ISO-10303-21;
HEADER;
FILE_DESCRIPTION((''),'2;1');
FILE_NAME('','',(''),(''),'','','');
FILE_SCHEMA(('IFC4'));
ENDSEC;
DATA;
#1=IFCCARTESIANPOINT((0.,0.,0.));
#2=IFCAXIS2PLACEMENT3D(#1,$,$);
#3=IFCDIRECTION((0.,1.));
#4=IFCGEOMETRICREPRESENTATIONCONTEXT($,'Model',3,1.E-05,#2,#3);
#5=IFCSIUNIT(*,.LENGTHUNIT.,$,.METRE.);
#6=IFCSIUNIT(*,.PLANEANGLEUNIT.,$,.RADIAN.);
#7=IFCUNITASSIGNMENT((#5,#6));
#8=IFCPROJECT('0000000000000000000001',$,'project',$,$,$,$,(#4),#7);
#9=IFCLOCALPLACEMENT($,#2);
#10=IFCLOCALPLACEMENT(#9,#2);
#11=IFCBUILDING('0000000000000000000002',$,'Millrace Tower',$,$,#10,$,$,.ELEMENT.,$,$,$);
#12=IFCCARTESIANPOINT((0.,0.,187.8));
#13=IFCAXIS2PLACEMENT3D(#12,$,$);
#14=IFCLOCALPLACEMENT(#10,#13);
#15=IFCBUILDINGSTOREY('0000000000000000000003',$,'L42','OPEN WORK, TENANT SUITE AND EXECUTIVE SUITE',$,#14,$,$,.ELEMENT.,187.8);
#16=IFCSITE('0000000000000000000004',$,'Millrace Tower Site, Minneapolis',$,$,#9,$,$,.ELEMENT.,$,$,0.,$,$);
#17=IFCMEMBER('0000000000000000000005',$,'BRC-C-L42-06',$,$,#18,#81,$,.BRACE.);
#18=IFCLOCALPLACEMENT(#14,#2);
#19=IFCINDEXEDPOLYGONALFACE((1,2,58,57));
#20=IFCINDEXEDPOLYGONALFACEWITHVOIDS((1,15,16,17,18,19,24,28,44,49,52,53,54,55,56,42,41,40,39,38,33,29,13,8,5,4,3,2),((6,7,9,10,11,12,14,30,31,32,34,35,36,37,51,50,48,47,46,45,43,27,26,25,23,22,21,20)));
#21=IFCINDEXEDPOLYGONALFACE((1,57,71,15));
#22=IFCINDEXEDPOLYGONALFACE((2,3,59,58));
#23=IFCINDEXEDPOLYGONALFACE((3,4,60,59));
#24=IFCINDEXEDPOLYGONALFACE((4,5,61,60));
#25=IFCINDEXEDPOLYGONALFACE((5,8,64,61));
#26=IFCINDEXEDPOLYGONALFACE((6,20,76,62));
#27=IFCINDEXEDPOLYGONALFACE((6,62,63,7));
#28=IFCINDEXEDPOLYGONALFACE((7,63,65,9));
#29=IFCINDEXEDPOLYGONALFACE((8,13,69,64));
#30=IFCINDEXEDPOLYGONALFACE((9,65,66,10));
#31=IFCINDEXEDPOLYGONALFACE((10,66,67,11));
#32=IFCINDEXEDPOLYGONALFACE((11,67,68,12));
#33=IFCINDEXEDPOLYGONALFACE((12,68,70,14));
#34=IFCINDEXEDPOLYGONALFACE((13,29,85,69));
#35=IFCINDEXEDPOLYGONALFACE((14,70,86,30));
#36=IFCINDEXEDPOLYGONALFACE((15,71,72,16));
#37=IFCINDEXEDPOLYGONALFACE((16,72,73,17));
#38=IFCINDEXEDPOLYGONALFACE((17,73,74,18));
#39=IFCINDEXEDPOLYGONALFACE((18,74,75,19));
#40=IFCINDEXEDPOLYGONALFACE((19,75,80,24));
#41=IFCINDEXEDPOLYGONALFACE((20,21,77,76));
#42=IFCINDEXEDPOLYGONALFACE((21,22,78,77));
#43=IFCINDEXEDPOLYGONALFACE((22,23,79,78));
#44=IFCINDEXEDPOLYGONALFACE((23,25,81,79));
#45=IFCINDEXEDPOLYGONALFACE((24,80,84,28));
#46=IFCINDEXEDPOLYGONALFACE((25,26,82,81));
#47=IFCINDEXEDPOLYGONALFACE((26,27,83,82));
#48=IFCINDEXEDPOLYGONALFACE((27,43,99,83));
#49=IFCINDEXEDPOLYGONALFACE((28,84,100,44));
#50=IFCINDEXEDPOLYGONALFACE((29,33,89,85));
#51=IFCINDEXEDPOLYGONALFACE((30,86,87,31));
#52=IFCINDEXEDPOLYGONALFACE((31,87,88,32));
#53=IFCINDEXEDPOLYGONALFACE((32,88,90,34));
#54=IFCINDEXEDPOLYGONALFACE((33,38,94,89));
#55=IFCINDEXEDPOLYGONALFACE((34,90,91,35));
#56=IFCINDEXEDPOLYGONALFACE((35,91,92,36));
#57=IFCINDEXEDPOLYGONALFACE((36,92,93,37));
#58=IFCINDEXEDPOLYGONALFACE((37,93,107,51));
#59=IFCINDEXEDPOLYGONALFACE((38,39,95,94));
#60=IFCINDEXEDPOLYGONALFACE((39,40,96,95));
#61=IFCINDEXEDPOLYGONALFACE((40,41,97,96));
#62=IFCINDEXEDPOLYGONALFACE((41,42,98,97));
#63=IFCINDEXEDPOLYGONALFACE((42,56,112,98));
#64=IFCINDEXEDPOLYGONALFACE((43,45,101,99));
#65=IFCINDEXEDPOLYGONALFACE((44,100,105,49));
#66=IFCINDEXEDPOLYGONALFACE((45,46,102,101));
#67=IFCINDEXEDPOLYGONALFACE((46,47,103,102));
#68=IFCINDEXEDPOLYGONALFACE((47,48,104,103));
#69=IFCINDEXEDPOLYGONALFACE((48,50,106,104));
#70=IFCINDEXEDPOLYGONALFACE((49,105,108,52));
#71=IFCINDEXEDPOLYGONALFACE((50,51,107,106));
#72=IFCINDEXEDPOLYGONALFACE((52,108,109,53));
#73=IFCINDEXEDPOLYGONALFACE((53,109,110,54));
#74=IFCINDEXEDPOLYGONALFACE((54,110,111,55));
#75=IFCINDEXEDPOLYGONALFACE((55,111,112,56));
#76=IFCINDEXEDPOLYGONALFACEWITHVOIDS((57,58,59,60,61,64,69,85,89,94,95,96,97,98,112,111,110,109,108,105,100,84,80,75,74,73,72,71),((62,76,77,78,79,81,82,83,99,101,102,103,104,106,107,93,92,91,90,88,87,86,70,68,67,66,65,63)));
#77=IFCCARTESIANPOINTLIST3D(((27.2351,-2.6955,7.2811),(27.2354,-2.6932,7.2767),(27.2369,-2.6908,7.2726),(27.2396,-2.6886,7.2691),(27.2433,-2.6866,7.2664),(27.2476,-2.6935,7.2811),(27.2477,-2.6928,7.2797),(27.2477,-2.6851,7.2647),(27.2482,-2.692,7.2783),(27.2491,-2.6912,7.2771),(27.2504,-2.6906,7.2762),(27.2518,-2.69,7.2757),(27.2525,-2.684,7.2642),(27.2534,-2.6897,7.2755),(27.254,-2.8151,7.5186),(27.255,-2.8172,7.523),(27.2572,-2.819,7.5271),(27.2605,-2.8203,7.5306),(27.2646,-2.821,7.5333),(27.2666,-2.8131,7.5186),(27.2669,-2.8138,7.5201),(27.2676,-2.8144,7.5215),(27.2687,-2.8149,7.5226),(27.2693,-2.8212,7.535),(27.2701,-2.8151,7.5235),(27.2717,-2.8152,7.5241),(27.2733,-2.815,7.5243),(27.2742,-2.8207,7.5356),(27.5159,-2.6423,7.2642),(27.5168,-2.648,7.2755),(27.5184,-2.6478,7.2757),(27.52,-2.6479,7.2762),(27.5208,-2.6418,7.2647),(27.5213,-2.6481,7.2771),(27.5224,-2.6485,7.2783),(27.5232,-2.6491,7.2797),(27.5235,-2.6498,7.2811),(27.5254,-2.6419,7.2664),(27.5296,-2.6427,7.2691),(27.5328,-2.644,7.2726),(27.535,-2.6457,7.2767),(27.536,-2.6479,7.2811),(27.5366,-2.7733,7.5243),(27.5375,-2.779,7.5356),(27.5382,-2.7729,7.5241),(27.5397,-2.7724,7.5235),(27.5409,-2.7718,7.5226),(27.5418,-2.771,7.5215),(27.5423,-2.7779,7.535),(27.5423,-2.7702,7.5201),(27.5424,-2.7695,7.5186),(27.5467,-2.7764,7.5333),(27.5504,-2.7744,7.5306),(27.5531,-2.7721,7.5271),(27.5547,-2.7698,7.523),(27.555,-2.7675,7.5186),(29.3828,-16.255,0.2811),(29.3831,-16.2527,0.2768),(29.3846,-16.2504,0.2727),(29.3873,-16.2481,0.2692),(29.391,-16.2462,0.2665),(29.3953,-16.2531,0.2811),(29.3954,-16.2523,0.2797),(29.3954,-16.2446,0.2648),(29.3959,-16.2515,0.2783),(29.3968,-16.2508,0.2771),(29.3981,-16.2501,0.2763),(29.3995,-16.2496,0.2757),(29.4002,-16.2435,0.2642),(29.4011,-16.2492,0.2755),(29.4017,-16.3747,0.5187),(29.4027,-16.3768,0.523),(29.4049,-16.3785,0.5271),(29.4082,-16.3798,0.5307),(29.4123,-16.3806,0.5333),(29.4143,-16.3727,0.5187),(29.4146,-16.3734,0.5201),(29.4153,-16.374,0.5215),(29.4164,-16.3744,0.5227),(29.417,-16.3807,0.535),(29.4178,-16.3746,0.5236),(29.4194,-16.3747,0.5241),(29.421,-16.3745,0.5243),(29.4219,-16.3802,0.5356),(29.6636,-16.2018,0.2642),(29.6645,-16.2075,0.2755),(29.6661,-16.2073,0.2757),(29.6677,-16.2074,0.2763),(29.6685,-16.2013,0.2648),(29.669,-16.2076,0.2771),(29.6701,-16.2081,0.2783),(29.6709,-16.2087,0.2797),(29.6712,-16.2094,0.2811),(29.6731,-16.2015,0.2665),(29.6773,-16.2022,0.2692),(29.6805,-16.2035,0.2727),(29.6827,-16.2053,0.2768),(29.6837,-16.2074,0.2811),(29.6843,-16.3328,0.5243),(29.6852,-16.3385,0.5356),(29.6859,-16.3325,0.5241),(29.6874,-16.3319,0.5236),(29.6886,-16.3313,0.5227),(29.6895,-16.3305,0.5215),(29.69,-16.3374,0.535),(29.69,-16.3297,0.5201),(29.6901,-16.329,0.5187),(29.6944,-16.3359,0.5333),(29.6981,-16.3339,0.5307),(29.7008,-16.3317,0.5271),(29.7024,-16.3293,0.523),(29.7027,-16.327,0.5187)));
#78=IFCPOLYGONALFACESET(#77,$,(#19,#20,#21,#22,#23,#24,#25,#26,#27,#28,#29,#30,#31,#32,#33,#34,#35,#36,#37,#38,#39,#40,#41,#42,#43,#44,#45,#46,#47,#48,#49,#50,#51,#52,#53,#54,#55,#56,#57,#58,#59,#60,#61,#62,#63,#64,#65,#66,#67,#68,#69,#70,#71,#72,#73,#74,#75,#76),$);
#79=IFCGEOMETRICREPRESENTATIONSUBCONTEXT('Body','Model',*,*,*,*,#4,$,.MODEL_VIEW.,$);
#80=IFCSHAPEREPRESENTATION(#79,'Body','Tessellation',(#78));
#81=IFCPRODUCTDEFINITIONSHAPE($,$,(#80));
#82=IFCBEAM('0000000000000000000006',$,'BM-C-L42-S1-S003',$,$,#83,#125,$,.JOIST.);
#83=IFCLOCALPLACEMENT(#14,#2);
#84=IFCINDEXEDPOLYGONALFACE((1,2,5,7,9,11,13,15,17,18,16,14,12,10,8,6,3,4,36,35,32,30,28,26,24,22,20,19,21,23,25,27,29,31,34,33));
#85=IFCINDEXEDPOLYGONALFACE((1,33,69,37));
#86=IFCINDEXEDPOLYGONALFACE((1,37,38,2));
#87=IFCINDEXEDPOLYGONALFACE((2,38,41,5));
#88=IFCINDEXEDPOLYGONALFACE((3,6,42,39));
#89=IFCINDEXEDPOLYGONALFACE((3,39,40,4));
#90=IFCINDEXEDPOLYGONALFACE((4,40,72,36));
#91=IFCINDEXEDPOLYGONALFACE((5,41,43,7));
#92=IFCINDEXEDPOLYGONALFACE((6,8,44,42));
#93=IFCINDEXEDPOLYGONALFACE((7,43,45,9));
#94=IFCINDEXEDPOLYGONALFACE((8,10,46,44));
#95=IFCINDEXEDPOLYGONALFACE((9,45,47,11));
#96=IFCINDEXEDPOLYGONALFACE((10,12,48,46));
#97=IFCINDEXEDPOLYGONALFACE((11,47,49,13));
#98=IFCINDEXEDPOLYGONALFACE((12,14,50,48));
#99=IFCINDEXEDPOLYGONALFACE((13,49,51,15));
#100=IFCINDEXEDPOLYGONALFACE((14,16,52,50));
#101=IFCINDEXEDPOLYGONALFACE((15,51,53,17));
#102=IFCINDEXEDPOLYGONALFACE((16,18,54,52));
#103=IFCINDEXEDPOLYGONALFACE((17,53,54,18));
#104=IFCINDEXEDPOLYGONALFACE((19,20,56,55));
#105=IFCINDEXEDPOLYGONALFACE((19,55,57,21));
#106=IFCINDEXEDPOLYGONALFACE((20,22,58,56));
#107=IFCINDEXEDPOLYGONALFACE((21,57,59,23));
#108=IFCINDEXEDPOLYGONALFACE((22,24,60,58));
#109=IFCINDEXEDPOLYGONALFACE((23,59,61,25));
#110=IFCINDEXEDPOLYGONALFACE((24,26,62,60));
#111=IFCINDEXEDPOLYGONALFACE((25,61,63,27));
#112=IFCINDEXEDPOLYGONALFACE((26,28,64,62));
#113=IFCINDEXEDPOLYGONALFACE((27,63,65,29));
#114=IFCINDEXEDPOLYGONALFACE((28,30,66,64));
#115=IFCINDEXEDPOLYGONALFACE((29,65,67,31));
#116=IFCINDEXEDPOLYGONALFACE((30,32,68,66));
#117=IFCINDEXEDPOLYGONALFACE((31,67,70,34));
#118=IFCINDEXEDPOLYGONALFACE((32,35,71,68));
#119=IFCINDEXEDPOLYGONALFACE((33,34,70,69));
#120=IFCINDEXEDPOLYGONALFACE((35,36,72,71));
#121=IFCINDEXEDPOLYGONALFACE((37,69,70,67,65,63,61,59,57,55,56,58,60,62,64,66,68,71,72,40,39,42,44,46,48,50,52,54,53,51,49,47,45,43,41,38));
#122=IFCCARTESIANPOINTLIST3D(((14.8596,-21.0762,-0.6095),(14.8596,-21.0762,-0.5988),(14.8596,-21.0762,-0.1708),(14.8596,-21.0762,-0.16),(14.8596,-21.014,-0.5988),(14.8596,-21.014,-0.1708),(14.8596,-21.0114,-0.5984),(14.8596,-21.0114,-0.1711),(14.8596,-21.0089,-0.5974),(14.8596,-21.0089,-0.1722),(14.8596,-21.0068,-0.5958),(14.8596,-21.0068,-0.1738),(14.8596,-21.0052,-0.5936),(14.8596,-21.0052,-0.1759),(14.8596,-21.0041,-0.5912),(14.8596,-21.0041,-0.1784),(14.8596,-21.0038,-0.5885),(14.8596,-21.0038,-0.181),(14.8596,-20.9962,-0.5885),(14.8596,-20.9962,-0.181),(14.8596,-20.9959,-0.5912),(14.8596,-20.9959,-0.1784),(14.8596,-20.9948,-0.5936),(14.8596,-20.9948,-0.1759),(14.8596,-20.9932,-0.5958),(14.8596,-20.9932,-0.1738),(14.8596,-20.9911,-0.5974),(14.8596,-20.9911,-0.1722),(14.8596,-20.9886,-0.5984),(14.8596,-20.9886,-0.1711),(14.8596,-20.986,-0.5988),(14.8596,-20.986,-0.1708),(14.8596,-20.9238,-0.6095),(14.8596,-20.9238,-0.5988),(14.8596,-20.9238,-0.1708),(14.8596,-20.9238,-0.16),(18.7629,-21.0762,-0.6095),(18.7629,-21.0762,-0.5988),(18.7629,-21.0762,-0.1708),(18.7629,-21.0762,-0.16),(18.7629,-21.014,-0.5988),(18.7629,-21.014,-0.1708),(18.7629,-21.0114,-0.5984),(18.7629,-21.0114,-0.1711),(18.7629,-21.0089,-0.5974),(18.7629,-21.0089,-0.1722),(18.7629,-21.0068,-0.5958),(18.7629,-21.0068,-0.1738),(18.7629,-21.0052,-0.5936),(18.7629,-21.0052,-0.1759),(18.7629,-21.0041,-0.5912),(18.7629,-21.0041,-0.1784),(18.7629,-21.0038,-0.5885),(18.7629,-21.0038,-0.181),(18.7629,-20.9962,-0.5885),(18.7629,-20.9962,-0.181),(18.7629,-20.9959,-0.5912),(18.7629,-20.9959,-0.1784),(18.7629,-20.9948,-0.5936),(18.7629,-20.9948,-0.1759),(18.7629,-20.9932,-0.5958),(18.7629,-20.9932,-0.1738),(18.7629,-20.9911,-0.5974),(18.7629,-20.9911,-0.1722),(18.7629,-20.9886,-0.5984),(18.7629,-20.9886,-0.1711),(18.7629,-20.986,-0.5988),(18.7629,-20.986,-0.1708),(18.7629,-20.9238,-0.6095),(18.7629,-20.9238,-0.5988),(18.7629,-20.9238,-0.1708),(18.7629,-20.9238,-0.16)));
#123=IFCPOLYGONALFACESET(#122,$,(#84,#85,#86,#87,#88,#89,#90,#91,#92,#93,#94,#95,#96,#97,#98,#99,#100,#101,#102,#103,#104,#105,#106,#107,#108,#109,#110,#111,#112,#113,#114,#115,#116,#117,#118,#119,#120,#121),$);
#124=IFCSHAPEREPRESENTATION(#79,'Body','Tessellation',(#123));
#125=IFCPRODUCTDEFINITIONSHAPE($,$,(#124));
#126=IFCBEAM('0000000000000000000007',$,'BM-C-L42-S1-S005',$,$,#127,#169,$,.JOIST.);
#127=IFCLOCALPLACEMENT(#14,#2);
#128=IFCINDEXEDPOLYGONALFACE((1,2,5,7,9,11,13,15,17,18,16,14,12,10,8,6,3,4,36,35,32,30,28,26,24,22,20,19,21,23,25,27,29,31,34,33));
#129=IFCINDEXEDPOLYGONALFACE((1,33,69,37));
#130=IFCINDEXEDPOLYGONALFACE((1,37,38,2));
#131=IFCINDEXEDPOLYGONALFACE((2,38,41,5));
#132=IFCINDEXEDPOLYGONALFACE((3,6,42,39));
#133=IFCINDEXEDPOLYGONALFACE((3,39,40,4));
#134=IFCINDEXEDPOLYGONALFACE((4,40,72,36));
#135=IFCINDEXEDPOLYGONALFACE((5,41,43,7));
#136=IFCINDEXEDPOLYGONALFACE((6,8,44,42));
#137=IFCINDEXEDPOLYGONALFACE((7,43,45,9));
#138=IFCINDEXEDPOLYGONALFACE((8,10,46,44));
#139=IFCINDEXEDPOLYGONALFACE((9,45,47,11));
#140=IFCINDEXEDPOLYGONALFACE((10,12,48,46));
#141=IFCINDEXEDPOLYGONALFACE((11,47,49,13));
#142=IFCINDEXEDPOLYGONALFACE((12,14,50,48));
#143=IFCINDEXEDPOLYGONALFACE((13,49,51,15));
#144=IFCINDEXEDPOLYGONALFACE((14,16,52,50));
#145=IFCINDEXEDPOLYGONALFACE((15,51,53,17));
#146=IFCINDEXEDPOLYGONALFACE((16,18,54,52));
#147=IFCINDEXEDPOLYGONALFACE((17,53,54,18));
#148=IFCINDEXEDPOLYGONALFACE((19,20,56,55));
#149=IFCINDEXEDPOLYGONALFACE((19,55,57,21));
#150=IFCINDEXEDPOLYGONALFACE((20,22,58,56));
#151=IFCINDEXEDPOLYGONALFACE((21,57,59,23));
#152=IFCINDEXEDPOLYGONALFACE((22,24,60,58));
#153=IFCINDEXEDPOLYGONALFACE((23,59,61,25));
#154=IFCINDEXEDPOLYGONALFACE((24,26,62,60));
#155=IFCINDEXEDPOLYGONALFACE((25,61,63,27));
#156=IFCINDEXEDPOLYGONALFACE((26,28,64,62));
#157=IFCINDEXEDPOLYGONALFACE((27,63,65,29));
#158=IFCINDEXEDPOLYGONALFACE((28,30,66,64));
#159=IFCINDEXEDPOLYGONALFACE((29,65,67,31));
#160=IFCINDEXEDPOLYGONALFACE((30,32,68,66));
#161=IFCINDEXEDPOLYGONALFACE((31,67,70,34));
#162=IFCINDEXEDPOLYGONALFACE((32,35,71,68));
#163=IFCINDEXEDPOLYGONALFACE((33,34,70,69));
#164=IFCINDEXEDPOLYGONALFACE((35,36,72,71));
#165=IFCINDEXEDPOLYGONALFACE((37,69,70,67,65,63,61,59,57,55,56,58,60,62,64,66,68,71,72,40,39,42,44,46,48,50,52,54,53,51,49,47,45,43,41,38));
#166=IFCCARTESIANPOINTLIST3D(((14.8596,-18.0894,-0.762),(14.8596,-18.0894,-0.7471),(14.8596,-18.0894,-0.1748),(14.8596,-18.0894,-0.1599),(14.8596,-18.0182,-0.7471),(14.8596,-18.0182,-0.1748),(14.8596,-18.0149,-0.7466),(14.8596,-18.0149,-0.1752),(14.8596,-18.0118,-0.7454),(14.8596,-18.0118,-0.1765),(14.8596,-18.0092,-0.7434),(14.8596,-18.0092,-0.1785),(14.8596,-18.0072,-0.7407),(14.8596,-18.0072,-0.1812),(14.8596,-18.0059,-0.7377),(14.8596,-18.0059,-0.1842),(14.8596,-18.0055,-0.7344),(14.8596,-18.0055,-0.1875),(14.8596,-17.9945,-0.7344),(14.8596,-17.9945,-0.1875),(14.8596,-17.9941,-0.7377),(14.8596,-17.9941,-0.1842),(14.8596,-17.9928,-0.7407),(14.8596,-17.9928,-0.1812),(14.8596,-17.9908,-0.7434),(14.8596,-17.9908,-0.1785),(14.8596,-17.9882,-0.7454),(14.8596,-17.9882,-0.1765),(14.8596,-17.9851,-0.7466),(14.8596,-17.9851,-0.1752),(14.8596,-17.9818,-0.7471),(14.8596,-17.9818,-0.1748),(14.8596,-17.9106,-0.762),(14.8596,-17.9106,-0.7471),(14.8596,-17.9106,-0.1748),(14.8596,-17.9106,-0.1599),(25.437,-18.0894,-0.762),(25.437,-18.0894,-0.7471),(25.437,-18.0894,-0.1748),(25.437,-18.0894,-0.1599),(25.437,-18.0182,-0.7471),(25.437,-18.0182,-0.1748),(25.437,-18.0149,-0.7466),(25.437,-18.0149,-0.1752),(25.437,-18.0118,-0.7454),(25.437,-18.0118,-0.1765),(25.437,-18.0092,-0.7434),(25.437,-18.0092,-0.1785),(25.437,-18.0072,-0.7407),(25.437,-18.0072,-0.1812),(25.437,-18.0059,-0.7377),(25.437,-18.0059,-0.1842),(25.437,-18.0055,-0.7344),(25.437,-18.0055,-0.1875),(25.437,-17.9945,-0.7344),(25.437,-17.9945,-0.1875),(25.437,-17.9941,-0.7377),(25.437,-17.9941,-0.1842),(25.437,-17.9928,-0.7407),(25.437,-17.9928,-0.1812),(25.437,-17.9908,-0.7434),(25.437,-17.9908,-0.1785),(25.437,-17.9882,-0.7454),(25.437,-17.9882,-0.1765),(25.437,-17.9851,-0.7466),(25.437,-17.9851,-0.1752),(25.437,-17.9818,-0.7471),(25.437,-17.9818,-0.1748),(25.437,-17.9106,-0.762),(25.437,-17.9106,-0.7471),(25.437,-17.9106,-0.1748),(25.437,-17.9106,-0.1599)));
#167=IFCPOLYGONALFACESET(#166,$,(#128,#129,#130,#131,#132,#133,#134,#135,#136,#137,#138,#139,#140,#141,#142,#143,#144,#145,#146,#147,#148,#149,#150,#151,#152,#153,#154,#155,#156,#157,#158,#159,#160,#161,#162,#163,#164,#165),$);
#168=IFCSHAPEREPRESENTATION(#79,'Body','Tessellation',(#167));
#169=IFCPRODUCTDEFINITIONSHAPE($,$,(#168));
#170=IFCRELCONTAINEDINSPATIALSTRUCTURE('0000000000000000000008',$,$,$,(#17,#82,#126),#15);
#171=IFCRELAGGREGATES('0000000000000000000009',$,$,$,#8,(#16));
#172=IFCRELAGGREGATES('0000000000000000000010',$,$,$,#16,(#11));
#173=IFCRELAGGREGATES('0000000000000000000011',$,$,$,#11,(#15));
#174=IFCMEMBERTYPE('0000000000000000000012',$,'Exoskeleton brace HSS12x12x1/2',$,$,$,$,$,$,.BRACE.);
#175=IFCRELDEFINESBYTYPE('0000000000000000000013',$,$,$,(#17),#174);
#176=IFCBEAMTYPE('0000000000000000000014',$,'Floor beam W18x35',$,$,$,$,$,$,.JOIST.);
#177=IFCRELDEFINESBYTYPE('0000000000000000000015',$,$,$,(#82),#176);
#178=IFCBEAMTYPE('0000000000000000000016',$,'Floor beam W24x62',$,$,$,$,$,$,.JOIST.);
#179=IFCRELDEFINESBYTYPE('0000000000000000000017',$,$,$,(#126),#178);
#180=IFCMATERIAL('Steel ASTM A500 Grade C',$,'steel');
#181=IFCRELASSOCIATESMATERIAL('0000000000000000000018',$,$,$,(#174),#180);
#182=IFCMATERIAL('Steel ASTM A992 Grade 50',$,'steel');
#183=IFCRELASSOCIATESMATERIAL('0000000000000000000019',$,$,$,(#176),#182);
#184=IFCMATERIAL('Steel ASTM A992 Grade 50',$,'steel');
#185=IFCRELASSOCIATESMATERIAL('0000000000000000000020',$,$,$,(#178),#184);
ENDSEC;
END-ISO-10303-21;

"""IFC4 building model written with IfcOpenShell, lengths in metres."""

from ifc_helpers import new_model, si_unit, direction, frame, origin, origin_2d, place, context, subcontext, project, spatial, hollow_rectangle, i_section, extrude, material, material_profile, profile_set, type_object, element, save


model = new_model("IFC4")

# Units and contexts
model_context = context("Model", 3, precision=1e-05, world=origin(), true_north=direction((0.0, 1.0)))
body_context = subcontext(model_context, "Body", "Model", "MODEL_VIEW")
ifc_project = project(units=[si_unit("LENGTHUNIT", "METRE"), si_unit("PLANEANGLEUNIT", "RADIAN")], contexts=[model_context])

# Site, building, storey
site_placement = place(None, origin())
site = spatial("IfcSite", under=ifc_project, at=site_placement, Name="Millrace Tower Site, Minneapolis", CompositionType="ELEMENT", RefElevation=0.0)
building_placement = place(site_placement, origin())
building = spatial("IfcBuilding", under=site, at=building_placement, Name="Millrace Tower", CompositionType="ELEMENT")
storey_placement = place(building_placement, frame((0.0, 0.0, 187.8)))
storey = spatial("IfcBuildingStorey", under=building, at=storey_placement, Name="L42", Description="OPEN WORK, TENANT SUITE AND EXECUTIVE SUITE", CompositionType="ELEMENT", Elevation=187.8)

# Member
ifc_material_1 = material(Name="Steel ASTM A500 Grade C", Category="steel")
ifc_material_profile_1 = material_profile(ifc_material_1, hollow_rectangle(XDim=0.3047, YDim=0.3047, WallThickness=0.0127, InnerFilletRadius=0.0063, OuterFilletRadius=0.019, at=origin_2d()))
ifc_profile_set_1 = profile_set([ifc_material_profile_1], Name="Steel ASTM A500 Grade C")
member_type_1 = type_object("IfcMemberType", Name="Exoskeleton brace HSS12x12x1/2", PredefinedType="BRACE", material=ifc_profile_set_1)
member_1_placement = place(storey_placement, frame((29.5427, -16.291, 0.3999), z_axis=(-0.139369, 0.879908, 0.454244), x_axis=(-0.987687, -0.15644, 0.0)))
element("IfcMember", 1, at=member_1_placement, inside=storey, type_object=member_type_1, Name="BRC-C-L42-06", PredefinedType="BRACE", context=body_context, shape_type="SweptSolid", body=[
    extrude(hollow_rectangle(XDim=0.3047, YDim=0.3047, WallThickness=0.0127, InnerFilletRadius=0.0063, OuterFilletRadius=0.019, at=origin_2d()), origin(), (0.0, 0.0, 1.0), 15.4102),
])

# Beams
ifc_material_2 = material(Name="Steel ASTM A992 Grade 50", Category="steel")
ifc_material_profile_2 = material_profile(ifc_material_2, i_section(OverallWidth=0.1523, OverallDepth=0.4495, WebThickness=0.0076, FlangeThickness=0.0107, FilletRadius=0.0103, at=origin_2d()))
ifc_profile_set_2 = profile_set([ifc_material_profile_2], Name="Steel ASTM A992 Grade 50")
beam_type_1 = type_object("IfcBeamType", Name="Floor beam W18x35", PredefinedType="JOIST", material=ifc_profile_set_2)
beam_1_placement = place(storey_placement, frame((14.8596, -21.0, -0.3848), z_axis=(1.0, 0.0, 0.0), x_axis=(0.0, 1.0, 0.0)))
element("IfcBeam", 2, at=beam_1_placement, inside=storey, type_object=beam_type_1, Name="BM-C-L42-S1-S003", PredefinedType="JOIST", context=body_context, shape_type="SweptSolid", body=[
    extrude(i_section(OverallWidth=0.1523, OverallDepth=0.4495, WebThickness=0.0076, FlangeThickness=0.0107, FilletRadius=0.0103, at=origin_2d()), origin(), (0.0, 0.0, 1.0), 3.9033),
])
ifc_material_3 = material(Name="Steel ASTM A992 Grade 50", Category="steel")
ifc_material_profile_3 = material_profile(ifc_material_3, i_section(OverallWidth=0.1787, OverallDepth=0.6021, WebThickness=0.011, FlangeThickness=0.0149, FilletRadius=0.0127, at=origin_2d()))
ifc_profile_set_3 = profile_set([ifc_material_profile_3], Name="Steel ASTM A992 Grade 50")
beam_type_2 = type_object("IfcBeamType", Name="Floor beam W24x62", PredefinedType="JOIST", material=ifc_profile_set_3)
beam_2_placement = place(storey_placement, frame((14.8596, -18.0, -0.4609), z_axis=(1.0, 0.0, 0.0), x_axis=(0.0, 1.0, 0.0)))
element("IfcBeam", 3, at=beam_2_placement, inside=storey, type_object=beam_type_2, Name="BM-C-L42-S1-S005", PredefinedType="JOIST", context=body_context, shape_type="SweptSolid", body=[
    extrude(i_section(OverallWidth=0.1787, OverallDepth=0.6021, WebThickness=0.011, FlangeThickness=0.0149, FilletRadius=0.0127, at=origin_2d()), origin(), (0.0, 0.0, 1.0), 10.5774),
])

save(model, "model.ifc")
